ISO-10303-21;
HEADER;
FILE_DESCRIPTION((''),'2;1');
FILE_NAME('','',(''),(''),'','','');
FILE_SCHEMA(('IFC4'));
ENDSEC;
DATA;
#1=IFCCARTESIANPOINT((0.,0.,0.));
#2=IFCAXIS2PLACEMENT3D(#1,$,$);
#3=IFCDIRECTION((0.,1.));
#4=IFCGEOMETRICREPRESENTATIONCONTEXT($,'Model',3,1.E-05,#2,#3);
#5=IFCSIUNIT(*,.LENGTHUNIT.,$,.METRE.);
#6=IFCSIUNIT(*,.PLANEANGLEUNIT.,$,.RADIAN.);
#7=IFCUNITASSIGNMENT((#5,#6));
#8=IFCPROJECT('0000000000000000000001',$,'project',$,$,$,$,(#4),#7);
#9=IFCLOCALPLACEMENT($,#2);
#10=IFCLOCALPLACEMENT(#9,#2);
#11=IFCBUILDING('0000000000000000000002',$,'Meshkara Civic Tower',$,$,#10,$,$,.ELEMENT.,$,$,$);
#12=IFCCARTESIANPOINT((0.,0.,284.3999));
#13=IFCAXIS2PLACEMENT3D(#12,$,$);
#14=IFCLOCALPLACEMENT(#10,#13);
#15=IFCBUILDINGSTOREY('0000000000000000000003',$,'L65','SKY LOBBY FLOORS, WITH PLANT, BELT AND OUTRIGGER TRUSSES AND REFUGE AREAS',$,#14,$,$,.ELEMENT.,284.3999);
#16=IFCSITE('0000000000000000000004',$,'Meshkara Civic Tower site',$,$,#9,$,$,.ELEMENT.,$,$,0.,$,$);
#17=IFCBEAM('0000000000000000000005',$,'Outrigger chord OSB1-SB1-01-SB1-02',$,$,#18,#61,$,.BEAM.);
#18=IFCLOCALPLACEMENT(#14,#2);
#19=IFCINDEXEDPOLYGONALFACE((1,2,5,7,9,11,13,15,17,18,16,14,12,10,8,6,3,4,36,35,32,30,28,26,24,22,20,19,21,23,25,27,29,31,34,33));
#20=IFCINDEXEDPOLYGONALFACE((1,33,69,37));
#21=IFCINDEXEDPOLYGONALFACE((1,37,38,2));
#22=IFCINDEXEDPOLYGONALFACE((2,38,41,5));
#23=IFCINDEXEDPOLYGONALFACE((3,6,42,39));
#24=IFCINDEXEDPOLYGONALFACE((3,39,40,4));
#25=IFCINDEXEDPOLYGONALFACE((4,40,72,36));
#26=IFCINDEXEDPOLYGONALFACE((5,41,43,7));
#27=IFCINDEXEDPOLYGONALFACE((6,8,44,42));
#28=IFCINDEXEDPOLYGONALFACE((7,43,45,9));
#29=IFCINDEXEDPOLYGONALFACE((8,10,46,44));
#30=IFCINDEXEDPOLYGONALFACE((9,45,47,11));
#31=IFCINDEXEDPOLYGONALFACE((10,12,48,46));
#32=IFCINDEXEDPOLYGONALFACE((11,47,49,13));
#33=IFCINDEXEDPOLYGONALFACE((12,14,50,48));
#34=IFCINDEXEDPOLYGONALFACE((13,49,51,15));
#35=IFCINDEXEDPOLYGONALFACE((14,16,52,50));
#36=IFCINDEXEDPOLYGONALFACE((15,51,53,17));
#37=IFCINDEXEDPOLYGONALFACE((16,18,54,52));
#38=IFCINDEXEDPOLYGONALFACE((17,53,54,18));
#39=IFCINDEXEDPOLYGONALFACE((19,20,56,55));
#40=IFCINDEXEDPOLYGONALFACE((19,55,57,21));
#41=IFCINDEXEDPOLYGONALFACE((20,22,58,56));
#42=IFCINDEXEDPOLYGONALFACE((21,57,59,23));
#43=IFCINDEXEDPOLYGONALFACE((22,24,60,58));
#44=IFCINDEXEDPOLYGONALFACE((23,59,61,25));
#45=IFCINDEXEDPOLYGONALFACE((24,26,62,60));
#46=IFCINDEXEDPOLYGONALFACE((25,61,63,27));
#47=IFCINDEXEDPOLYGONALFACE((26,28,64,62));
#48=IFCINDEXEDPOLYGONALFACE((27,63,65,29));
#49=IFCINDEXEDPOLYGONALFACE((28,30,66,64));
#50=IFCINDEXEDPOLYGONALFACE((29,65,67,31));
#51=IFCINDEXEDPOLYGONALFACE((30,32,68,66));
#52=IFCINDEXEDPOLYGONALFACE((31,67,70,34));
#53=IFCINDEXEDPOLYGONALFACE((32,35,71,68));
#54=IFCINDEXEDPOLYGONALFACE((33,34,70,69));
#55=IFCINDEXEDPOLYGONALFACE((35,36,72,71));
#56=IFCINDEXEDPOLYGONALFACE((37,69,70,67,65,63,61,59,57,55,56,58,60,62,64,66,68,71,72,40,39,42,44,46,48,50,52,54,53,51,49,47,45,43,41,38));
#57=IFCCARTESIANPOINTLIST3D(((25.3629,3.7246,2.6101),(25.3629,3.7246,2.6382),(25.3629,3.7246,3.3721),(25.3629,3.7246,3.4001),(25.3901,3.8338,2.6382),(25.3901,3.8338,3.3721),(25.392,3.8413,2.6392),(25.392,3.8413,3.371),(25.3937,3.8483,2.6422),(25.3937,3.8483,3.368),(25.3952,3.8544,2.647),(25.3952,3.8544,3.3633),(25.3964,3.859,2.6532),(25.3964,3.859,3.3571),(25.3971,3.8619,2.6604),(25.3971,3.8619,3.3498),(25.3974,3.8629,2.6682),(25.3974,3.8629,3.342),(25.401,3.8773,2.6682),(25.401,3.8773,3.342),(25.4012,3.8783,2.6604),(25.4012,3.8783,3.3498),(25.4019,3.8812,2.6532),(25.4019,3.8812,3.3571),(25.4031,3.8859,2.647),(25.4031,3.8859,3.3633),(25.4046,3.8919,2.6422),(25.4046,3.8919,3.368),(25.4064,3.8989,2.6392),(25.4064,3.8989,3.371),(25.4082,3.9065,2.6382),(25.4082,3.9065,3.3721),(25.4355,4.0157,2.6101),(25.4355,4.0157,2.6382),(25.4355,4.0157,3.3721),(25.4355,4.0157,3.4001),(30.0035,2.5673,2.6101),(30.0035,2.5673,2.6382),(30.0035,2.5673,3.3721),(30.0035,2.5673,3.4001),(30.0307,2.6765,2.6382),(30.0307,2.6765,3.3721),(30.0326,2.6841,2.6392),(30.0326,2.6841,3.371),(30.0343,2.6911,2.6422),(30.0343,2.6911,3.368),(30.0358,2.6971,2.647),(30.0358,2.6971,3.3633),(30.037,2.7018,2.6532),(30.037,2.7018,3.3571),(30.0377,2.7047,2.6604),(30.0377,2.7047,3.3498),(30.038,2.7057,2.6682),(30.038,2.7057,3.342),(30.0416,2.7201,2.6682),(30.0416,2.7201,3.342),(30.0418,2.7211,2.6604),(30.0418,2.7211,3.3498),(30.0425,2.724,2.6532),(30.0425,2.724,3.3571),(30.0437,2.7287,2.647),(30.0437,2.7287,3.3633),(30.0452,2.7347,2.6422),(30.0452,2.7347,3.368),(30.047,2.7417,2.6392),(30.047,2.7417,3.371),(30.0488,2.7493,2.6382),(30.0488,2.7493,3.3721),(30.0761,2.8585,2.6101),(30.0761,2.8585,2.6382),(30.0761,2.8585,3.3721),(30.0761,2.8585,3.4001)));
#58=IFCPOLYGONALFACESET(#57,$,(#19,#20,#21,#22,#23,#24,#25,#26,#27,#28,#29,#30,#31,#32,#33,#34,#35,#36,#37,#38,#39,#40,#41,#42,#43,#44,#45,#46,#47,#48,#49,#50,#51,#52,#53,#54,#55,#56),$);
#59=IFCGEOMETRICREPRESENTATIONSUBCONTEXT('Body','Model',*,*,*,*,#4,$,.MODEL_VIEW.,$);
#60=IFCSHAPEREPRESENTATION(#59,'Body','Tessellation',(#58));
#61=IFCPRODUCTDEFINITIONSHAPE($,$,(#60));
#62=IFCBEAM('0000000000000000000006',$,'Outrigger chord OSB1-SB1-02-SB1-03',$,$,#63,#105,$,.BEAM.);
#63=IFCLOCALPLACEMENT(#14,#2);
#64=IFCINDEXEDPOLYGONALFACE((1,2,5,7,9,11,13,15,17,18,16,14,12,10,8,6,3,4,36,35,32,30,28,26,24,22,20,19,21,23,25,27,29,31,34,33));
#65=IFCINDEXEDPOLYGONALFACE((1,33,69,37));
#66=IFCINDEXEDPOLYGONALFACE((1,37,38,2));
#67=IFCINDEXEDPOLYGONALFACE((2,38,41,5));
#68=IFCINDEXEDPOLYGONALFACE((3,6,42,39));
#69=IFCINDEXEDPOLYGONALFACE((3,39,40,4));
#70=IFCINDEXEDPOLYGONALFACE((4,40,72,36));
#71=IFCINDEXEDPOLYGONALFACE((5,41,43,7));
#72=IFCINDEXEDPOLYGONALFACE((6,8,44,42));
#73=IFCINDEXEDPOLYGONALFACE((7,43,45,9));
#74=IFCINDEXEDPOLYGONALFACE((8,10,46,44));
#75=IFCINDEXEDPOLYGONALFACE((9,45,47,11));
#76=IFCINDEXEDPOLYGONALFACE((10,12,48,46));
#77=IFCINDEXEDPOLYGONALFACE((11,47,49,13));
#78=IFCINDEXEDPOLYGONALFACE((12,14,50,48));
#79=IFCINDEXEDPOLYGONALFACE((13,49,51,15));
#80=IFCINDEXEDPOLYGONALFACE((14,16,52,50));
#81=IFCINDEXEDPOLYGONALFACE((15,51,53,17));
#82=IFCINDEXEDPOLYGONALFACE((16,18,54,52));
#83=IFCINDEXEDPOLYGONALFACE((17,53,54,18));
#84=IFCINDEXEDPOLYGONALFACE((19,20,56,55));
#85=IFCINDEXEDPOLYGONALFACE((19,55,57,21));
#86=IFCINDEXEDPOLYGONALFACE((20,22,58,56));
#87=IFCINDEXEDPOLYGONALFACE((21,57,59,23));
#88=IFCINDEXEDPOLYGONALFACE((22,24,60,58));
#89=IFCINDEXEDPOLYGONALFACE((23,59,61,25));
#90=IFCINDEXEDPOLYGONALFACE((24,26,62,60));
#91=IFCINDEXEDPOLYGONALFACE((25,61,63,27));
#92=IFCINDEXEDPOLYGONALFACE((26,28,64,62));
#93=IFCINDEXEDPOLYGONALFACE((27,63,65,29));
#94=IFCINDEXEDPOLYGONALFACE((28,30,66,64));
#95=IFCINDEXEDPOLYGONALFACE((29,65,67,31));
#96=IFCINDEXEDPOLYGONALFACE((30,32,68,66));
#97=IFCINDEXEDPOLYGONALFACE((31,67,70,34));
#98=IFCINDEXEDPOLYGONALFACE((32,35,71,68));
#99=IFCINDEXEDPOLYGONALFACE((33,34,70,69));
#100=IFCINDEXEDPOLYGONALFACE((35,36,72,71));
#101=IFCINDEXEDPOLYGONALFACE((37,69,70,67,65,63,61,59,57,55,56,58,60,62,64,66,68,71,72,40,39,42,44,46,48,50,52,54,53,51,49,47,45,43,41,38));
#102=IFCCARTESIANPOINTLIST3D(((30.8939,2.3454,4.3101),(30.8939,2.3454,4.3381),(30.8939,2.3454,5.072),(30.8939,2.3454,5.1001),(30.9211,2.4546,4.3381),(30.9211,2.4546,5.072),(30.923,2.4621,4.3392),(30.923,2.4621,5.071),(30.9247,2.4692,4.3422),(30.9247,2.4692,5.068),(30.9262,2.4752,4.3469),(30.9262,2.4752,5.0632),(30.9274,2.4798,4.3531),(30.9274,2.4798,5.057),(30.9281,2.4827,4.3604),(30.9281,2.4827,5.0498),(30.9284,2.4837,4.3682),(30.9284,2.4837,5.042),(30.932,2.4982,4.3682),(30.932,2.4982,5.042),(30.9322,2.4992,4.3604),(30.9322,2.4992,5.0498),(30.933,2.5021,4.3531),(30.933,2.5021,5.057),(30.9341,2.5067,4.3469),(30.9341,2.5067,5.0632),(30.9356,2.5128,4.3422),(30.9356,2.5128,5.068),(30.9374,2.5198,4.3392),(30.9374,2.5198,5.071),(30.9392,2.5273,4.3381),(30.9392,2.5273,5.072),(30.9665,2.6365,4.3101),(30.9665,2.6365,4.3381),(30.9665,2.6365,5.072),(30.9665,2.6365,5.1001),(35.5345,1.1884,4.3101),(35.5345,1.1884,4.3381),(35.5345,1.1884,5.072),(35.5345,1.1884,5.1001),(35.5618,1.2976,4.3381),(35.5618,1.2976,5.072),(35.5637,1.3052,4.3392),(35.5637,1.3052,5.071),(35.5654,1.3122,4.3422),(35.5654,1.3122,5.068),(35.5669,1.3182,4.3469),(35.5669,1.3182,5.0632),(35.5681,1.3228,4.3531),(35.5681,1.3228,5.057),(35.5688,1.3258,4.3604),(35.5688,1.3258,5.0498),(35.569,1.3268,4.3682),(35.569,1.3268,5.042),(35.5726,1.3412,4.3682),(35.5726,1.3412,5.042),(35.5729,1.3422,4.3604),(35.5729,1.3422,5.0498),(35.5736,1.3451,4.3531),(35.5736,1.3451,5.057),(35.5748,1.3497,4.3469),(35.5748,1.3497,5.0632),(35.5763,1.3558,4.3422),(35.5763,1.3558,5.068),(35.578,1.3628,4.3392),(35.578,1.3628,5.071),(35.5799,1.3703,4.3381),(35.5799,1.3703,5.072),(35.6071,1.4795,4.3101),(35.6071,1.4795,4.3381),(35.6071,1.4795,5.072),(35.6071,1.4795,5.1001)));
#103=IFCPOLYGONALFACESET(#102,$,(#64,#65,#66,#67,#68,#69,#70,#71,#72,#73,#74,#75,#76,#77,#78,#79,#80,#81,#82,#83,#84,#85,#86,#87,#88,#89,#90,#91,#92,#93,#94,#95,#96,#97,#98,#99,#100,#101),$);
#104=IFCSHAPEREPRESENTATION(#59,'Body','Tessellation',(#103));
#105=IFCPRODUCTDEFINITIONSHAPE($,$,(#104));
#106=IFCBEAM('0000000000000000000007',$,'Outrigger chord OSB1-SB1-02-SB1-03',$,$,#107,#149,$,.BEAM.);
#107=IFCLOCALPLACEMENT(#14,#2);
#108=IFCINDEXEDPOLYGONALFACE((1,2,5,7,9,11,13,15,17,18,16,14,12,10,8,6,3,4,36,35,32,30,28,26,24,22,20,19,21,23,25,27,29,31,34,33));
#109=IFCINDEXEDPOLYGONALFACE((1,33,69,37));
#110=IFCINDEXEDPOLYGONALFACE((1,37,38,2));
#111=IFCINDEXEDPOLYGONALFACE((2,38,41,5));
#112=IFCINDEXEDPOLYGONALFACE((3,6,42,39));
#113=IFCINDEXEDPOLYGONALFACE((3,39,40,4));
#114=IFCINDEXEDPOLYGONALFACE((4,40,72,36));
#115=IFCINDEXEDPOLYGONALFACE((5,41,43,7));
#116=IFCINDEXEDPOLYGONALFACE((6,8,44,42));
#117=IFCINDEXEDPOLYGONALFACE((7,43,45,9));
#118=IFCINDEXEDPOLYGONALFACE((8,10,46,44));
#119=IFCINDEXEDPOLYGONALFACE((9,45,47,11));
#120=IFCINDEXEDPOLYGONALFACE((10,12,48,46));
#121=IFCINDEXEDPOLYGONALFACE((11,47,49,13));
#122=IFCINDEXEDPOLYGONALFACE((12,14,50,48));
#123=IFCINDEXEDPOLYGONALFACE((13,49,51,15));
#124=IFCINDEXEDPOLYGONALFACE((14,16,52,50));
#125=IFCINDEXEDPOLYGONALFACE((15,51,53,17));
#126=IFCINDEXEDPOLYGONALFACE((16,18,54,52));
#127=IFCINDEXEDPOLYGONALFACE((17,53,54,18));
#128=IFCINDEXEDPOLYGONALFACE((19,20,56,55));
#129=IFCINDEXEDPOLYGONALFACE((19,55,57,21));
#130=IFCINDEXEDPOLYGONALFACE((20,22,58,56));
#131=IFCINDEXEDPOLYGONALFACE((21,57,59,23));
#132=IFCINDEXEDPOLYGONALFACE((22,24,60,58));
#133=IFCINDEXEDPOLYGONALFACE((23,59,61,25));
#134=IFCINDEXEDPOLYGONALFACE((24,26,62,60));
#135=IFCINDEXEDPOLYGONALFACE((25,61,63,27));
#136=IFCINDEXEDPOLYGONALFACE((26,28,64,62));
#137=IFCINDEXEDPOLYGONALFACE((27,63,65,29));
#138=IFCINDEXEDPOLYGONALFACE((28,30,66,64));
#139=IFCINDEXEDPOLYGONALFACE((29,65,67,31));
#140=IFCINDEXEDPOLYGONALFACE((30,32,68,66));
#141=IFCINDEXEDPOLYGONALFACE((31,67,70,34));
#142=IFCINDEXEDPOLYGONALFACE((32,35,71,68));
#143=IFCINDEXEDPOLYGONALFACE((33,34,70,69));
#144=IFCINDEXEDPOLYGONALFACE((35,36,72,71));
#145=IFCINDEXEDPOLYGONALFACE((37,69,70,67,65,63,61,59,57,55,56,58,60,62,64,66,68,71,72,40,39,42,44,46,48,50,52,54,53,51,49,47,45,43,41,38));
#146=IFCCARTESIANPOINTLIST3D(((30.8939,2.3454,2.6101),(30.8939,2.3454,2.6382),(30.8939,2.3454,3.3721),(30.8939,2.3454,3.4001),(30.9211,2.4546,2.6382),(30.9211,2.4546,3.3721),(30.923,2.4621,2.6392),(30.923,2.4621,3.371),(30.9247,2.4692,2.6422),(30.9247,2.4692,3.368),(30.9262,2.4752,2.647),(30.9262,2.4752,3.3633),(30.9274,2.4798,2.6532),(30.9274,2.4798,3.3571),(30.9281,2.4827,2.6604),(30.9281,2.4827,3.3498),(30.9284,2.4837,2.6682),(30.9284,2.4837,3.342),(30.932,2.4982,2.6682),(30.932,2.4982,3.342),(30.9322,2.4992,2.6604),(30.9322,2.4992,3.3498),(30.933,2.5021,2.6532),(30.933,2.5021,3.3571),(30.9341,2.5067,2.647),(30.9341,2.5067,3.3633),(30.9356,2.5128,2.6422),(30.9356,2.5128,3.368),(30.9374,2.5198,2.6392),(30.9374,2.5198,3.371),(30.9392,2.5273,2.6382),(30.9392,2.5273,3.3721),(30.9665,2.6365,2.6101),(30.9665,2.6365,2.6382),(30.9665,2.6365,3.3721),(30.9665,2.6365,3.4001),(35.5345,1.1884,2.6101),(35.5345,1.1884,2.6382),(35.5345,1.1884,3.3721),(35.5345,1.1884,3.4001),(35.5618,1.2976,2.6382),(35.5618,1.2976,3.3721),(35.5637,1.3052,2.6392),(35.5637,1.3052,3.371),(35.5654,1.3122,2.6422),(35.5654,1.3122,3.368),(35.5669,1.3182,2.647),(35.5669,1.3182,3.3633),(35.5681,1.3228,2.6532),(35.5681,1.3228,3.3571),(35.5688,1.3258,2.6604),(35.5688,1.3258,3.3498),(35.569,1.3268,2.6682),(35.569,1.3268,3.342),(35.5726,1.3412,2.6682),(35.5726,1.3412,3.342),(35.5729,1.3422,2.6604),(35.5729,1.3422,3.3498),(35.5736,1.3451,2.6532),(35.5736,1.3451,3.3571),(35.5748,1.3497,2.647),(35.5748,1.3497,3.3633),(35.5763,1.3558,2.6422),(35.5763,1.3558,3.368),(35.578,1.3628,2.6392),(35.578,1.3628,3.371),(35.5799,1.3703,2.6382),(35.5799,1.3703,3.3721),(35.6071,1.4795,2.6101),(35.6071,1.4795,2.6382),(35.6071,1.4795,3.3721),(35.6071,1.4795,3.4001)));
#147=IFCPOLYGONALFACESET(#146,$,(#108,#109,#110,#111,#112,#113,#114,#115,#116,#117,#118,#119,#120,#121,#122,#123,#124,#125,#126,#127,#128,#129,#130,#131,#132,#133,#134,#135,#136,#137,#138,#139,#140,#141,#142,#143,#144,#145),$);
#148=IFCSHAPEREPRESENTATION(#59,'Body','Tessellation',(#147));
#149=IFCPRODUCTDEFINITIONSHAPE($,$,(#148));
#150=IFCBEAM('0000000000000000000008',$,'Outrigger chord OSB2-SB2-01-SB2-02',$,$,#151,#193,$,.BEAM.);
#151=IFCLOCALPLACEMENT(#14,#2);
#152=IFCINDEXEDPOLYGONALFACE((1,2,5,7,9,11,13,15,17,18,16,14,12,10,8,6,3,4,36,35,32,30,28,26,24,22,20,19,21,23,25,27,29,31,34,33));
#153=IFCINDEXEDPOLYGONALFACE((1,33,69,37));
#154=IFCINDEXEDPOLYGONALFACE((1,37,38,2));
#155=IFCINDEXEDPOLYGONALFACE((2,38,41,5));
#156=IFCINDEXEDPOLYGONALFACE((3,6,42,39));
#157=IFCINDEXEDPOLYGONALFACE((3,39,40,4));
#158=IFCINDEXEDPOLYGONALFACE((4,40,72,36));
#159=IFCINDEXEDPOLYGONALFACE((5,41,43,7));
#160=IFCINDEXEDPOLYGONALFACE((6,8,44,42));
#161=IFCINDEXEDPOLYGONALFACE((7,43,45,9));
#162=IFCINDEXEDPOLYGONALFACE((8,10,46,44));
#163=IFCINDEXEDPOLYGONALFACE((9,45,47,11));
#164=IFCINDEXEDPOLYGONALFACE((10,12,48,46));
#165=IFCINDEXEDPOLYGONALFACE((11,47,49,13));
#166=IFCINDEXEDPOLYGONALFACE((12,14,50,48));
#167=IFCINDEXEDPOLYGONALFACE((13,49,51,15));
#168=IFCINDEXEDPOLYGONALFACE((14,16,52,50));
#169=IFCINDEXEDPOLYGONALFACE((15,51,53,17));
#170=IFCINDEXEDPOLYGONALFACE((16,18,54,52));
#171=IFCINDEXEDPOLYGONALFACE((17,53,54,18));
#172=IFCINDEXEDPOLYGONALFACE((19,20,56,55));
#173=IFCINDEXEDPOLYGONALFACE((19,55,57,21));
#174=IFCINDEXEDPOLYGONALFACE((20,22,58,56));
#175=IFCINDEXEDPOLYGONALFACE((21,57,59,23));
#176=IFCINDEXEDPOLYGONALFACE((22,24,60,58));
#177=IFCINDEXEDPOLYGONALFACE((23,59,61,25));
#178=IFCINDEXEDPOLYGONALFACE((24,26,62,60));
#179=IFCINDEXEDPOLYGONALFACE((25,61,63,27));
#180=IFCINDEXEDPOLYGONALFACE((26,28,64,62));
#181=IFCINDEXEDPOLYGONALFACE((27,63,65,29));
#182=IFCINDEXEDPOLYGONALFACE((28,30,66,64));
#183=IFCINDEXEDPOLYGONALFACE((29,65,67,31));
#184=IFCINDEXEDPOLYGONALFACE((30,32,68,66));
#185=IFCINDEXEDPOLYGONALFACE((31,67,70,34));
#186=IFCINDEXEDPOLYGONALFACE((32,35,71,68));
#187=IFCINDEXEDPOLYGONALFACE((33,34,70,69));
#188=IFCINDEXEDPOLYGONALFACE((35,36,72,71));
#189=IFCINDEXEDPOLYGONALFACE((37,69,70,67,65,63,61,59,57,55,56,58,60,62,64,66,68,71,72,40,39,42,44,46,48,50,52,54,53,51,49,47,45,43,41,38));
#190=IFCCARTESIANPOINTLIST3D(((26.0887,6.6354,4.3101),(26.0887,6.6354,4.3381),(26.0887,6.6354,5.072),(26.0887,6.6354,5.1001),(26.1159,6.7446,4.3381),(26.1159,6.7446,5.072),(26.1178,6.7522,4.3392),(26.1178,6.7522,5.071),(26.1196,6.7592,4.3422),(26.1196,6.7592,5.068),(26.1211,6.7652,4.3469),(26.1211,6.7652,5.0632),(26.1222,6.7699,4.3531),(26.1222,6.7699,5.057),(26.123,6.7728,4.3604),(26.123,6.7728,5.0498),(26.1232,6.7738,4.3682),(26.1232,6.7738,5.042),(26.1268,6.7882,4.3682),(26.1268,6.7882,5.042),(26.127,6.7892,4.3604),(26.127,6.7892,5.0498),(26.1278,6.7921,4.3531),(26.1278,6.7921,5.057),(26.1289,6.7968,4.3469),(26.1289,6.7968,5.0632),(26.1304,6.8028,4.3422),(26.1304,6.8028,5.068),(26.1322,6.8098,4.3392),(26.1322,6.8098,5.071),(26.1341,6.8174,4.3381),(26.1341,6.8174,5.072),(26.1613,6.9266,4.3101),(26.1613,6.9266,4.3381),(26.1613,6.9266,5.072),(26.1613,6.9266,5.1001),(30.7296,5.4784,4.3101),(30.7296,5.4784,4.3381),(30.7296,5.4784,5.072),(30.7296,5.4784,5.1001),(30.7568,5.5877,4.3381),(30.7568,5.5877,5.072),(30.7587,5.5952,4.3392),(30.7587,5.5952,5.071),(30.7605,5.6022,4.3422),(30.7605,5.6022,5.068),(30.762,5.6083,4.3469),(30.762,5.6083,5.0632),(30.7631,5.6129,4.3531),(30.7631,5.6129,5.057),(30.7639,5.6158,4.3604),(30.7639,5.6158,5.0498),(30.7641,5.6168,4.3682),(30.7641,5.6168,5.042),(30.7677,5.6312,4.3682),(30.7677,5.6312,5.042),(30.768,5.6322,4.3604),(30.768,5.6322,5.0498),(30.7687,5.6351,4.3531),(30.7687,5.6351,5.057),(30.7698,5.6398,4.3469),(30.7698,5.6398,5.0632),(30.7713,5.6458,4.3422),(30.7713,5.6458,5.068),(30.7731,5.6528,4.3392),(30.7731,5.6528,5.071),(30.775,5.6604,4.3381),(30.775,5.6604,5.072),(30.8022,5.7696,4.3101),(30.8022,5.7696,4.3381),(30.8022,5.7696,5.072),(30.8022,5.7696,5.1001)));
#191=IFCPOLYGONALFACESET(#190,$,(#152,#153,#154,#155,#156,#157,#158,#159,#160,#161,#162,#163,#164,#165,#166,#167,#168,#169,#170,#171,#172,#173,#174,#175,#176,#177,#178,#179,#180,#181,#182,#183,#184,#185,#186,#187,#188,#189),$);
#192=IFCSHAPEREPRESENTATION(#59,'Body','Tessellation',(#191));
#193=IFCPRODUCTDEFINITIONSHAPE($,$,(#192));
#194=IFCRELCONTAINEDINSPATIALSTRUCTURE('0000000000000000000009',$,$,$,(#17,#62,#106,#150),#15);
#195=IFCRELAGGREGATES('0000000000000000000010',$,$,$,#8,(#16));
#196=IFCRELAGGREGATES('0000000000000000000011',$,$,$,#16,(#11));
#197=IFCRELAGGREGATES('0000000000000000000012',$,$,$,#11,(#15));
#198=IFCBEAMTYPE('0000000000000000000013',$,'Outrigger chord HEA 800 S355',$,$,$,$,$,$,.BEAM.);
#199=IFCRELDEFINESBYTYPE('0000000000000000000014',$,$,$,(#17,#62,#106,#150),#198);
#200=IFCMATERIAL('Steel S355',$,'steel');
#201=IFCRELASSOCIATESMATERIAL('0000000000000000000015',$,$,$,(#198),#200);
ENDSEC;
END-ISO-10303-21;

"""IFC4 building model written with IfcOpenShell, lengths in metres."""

from ifc_helpers import new_model, si_unit, direction, frame, origin, origin_2d, place, context, subcontext, project, spatial, i_section, extrude, material, material_profile, profile_set, type_object, element, save


model = new_model("IFC4")

# Units and contexts
model_context = context("Model", 3, precision=1e-05, world=origin(), true_north=direction((0.0, 1.0)))
body_context = subcontext(model_context, "Body", "Model", "MODEL_VIEW")
ifc_project = project(units=[si_unit("LENGTHUNIT", "METRE"), si_unit("PLANEANGLEUNIT", "RADIAN")], contexts=[model_context])

# Site, building, storey
site_placement = place(None, origin())
site = spatial("IfcSite", under=ifc_project, at=site_placement, Name="Meshkara Civic Tower site", CompositionType="ELEMENT", RefElevation=0.0)
building_placement = place(site_placement, origin())
building = spatial("IfcBuilding", under=site, at=building_placement, Name="Meshkara Civic Tower", CompositionType="ELEMENT")
storey_placement = place(building_placement, frame((0.0, 0.0, 284.3999)))
storey = spatial("IfcBuildingStorey", under=building, at=storey_placement, Name="L65", Description="SKY LOBBY FLOORS, WITH PLANT, BELT AND OUTRIGGER TRUSSES AND REFUGE AREAS", CompositionType="ELEMENT", Elevation=284.3999)

# Beams
ifc_material_1 = material(Name="Steel S355", Category="steel")
ifc_material_profile_1 = material_profile(ifc_material_1, i_section(OverallWidth=0.3, OverallDepth=0.79, WebThickness=0.0149, FlangeThickness=0.0281, FilletRadius=0.03, at=origin_2d()))
ifc_profile_set_1 = profile_set([ifc_material_profile_1], Name="Steel S355")
beam_type_1 = type_object("IfcBeamType", Name="Outrigger chord HEA 800 S355", PredefinedType="BEAM", material=ifc_profile_set_1)
for number, where, z_axis, x_axis, name in (
    (1, (25.3992, 3.8701, 3.0051), (0.970286, -0.241959, 0.0), (0.241959, 0.970286, 0.0), "Outrigger chord OSB1-SB1-01-SB1-02"),
    (2, (30.9302, 2.491, 4.7051), (0.970298, -0.241911, 0.0), (0.241911, 0.970298, 0.0), "Outrigger chord OSB1-SB1-02-SB1-03"),
    (3, (30.9302, 2.491, 3.0051), (0.970298, -0.241911, 0.0), (0.241911, 0.970298, 0.0), "Outrigger chord OSB1-SB1-02-SB1-03"),
):
    element("IfcBeam", number, at=place(storey_placement, frame(where, z_axis=z_axis, x_axis=x_axis)), inside=storey, type_object=beam_type_1, Name=name, PredefinedType="BEAM", context=body_context, shape_type="SweptSolid", body=[
        extrude(i_section(OverallWidth=0.3, OverallDepth=0.79, WebThickness=0.0149, FlangeThickness=0.0281, FilletRadius=0.03, at=origin_2d()), origin(), (0.0, 0.0, 1.0), 4.7827),
    ])
for number, where, z_axis, x_axis, name in (
    (4, (26.125, 6.781, 4.7051), (0.970301, -0.241899, 0.0), (0.241899, 0.970301, 0.0), "Outrigger chord OSB2-SB2-01-SB2-02"),
):
    element("IfcBeam", number, at=place(storey_placement, frame(where, z_axis=z_axis, x_axis=x_axis)), inside=storey, type_object=beam_type_1, Name=name, PredefinedType="BEAM", context=body_context, shape_type="SweptSolid", body=[
        extrude(i_section(OverallWidth=0.3, OverallDepth=0.79, WebThickness=0.0149, FlangeThickness=0.0281, FilletRadius=0.03, at=origin_2d()), origin(), (0.0, 0.0, 1.0), 4.783),
    ])

save(model, "model.ifc")
